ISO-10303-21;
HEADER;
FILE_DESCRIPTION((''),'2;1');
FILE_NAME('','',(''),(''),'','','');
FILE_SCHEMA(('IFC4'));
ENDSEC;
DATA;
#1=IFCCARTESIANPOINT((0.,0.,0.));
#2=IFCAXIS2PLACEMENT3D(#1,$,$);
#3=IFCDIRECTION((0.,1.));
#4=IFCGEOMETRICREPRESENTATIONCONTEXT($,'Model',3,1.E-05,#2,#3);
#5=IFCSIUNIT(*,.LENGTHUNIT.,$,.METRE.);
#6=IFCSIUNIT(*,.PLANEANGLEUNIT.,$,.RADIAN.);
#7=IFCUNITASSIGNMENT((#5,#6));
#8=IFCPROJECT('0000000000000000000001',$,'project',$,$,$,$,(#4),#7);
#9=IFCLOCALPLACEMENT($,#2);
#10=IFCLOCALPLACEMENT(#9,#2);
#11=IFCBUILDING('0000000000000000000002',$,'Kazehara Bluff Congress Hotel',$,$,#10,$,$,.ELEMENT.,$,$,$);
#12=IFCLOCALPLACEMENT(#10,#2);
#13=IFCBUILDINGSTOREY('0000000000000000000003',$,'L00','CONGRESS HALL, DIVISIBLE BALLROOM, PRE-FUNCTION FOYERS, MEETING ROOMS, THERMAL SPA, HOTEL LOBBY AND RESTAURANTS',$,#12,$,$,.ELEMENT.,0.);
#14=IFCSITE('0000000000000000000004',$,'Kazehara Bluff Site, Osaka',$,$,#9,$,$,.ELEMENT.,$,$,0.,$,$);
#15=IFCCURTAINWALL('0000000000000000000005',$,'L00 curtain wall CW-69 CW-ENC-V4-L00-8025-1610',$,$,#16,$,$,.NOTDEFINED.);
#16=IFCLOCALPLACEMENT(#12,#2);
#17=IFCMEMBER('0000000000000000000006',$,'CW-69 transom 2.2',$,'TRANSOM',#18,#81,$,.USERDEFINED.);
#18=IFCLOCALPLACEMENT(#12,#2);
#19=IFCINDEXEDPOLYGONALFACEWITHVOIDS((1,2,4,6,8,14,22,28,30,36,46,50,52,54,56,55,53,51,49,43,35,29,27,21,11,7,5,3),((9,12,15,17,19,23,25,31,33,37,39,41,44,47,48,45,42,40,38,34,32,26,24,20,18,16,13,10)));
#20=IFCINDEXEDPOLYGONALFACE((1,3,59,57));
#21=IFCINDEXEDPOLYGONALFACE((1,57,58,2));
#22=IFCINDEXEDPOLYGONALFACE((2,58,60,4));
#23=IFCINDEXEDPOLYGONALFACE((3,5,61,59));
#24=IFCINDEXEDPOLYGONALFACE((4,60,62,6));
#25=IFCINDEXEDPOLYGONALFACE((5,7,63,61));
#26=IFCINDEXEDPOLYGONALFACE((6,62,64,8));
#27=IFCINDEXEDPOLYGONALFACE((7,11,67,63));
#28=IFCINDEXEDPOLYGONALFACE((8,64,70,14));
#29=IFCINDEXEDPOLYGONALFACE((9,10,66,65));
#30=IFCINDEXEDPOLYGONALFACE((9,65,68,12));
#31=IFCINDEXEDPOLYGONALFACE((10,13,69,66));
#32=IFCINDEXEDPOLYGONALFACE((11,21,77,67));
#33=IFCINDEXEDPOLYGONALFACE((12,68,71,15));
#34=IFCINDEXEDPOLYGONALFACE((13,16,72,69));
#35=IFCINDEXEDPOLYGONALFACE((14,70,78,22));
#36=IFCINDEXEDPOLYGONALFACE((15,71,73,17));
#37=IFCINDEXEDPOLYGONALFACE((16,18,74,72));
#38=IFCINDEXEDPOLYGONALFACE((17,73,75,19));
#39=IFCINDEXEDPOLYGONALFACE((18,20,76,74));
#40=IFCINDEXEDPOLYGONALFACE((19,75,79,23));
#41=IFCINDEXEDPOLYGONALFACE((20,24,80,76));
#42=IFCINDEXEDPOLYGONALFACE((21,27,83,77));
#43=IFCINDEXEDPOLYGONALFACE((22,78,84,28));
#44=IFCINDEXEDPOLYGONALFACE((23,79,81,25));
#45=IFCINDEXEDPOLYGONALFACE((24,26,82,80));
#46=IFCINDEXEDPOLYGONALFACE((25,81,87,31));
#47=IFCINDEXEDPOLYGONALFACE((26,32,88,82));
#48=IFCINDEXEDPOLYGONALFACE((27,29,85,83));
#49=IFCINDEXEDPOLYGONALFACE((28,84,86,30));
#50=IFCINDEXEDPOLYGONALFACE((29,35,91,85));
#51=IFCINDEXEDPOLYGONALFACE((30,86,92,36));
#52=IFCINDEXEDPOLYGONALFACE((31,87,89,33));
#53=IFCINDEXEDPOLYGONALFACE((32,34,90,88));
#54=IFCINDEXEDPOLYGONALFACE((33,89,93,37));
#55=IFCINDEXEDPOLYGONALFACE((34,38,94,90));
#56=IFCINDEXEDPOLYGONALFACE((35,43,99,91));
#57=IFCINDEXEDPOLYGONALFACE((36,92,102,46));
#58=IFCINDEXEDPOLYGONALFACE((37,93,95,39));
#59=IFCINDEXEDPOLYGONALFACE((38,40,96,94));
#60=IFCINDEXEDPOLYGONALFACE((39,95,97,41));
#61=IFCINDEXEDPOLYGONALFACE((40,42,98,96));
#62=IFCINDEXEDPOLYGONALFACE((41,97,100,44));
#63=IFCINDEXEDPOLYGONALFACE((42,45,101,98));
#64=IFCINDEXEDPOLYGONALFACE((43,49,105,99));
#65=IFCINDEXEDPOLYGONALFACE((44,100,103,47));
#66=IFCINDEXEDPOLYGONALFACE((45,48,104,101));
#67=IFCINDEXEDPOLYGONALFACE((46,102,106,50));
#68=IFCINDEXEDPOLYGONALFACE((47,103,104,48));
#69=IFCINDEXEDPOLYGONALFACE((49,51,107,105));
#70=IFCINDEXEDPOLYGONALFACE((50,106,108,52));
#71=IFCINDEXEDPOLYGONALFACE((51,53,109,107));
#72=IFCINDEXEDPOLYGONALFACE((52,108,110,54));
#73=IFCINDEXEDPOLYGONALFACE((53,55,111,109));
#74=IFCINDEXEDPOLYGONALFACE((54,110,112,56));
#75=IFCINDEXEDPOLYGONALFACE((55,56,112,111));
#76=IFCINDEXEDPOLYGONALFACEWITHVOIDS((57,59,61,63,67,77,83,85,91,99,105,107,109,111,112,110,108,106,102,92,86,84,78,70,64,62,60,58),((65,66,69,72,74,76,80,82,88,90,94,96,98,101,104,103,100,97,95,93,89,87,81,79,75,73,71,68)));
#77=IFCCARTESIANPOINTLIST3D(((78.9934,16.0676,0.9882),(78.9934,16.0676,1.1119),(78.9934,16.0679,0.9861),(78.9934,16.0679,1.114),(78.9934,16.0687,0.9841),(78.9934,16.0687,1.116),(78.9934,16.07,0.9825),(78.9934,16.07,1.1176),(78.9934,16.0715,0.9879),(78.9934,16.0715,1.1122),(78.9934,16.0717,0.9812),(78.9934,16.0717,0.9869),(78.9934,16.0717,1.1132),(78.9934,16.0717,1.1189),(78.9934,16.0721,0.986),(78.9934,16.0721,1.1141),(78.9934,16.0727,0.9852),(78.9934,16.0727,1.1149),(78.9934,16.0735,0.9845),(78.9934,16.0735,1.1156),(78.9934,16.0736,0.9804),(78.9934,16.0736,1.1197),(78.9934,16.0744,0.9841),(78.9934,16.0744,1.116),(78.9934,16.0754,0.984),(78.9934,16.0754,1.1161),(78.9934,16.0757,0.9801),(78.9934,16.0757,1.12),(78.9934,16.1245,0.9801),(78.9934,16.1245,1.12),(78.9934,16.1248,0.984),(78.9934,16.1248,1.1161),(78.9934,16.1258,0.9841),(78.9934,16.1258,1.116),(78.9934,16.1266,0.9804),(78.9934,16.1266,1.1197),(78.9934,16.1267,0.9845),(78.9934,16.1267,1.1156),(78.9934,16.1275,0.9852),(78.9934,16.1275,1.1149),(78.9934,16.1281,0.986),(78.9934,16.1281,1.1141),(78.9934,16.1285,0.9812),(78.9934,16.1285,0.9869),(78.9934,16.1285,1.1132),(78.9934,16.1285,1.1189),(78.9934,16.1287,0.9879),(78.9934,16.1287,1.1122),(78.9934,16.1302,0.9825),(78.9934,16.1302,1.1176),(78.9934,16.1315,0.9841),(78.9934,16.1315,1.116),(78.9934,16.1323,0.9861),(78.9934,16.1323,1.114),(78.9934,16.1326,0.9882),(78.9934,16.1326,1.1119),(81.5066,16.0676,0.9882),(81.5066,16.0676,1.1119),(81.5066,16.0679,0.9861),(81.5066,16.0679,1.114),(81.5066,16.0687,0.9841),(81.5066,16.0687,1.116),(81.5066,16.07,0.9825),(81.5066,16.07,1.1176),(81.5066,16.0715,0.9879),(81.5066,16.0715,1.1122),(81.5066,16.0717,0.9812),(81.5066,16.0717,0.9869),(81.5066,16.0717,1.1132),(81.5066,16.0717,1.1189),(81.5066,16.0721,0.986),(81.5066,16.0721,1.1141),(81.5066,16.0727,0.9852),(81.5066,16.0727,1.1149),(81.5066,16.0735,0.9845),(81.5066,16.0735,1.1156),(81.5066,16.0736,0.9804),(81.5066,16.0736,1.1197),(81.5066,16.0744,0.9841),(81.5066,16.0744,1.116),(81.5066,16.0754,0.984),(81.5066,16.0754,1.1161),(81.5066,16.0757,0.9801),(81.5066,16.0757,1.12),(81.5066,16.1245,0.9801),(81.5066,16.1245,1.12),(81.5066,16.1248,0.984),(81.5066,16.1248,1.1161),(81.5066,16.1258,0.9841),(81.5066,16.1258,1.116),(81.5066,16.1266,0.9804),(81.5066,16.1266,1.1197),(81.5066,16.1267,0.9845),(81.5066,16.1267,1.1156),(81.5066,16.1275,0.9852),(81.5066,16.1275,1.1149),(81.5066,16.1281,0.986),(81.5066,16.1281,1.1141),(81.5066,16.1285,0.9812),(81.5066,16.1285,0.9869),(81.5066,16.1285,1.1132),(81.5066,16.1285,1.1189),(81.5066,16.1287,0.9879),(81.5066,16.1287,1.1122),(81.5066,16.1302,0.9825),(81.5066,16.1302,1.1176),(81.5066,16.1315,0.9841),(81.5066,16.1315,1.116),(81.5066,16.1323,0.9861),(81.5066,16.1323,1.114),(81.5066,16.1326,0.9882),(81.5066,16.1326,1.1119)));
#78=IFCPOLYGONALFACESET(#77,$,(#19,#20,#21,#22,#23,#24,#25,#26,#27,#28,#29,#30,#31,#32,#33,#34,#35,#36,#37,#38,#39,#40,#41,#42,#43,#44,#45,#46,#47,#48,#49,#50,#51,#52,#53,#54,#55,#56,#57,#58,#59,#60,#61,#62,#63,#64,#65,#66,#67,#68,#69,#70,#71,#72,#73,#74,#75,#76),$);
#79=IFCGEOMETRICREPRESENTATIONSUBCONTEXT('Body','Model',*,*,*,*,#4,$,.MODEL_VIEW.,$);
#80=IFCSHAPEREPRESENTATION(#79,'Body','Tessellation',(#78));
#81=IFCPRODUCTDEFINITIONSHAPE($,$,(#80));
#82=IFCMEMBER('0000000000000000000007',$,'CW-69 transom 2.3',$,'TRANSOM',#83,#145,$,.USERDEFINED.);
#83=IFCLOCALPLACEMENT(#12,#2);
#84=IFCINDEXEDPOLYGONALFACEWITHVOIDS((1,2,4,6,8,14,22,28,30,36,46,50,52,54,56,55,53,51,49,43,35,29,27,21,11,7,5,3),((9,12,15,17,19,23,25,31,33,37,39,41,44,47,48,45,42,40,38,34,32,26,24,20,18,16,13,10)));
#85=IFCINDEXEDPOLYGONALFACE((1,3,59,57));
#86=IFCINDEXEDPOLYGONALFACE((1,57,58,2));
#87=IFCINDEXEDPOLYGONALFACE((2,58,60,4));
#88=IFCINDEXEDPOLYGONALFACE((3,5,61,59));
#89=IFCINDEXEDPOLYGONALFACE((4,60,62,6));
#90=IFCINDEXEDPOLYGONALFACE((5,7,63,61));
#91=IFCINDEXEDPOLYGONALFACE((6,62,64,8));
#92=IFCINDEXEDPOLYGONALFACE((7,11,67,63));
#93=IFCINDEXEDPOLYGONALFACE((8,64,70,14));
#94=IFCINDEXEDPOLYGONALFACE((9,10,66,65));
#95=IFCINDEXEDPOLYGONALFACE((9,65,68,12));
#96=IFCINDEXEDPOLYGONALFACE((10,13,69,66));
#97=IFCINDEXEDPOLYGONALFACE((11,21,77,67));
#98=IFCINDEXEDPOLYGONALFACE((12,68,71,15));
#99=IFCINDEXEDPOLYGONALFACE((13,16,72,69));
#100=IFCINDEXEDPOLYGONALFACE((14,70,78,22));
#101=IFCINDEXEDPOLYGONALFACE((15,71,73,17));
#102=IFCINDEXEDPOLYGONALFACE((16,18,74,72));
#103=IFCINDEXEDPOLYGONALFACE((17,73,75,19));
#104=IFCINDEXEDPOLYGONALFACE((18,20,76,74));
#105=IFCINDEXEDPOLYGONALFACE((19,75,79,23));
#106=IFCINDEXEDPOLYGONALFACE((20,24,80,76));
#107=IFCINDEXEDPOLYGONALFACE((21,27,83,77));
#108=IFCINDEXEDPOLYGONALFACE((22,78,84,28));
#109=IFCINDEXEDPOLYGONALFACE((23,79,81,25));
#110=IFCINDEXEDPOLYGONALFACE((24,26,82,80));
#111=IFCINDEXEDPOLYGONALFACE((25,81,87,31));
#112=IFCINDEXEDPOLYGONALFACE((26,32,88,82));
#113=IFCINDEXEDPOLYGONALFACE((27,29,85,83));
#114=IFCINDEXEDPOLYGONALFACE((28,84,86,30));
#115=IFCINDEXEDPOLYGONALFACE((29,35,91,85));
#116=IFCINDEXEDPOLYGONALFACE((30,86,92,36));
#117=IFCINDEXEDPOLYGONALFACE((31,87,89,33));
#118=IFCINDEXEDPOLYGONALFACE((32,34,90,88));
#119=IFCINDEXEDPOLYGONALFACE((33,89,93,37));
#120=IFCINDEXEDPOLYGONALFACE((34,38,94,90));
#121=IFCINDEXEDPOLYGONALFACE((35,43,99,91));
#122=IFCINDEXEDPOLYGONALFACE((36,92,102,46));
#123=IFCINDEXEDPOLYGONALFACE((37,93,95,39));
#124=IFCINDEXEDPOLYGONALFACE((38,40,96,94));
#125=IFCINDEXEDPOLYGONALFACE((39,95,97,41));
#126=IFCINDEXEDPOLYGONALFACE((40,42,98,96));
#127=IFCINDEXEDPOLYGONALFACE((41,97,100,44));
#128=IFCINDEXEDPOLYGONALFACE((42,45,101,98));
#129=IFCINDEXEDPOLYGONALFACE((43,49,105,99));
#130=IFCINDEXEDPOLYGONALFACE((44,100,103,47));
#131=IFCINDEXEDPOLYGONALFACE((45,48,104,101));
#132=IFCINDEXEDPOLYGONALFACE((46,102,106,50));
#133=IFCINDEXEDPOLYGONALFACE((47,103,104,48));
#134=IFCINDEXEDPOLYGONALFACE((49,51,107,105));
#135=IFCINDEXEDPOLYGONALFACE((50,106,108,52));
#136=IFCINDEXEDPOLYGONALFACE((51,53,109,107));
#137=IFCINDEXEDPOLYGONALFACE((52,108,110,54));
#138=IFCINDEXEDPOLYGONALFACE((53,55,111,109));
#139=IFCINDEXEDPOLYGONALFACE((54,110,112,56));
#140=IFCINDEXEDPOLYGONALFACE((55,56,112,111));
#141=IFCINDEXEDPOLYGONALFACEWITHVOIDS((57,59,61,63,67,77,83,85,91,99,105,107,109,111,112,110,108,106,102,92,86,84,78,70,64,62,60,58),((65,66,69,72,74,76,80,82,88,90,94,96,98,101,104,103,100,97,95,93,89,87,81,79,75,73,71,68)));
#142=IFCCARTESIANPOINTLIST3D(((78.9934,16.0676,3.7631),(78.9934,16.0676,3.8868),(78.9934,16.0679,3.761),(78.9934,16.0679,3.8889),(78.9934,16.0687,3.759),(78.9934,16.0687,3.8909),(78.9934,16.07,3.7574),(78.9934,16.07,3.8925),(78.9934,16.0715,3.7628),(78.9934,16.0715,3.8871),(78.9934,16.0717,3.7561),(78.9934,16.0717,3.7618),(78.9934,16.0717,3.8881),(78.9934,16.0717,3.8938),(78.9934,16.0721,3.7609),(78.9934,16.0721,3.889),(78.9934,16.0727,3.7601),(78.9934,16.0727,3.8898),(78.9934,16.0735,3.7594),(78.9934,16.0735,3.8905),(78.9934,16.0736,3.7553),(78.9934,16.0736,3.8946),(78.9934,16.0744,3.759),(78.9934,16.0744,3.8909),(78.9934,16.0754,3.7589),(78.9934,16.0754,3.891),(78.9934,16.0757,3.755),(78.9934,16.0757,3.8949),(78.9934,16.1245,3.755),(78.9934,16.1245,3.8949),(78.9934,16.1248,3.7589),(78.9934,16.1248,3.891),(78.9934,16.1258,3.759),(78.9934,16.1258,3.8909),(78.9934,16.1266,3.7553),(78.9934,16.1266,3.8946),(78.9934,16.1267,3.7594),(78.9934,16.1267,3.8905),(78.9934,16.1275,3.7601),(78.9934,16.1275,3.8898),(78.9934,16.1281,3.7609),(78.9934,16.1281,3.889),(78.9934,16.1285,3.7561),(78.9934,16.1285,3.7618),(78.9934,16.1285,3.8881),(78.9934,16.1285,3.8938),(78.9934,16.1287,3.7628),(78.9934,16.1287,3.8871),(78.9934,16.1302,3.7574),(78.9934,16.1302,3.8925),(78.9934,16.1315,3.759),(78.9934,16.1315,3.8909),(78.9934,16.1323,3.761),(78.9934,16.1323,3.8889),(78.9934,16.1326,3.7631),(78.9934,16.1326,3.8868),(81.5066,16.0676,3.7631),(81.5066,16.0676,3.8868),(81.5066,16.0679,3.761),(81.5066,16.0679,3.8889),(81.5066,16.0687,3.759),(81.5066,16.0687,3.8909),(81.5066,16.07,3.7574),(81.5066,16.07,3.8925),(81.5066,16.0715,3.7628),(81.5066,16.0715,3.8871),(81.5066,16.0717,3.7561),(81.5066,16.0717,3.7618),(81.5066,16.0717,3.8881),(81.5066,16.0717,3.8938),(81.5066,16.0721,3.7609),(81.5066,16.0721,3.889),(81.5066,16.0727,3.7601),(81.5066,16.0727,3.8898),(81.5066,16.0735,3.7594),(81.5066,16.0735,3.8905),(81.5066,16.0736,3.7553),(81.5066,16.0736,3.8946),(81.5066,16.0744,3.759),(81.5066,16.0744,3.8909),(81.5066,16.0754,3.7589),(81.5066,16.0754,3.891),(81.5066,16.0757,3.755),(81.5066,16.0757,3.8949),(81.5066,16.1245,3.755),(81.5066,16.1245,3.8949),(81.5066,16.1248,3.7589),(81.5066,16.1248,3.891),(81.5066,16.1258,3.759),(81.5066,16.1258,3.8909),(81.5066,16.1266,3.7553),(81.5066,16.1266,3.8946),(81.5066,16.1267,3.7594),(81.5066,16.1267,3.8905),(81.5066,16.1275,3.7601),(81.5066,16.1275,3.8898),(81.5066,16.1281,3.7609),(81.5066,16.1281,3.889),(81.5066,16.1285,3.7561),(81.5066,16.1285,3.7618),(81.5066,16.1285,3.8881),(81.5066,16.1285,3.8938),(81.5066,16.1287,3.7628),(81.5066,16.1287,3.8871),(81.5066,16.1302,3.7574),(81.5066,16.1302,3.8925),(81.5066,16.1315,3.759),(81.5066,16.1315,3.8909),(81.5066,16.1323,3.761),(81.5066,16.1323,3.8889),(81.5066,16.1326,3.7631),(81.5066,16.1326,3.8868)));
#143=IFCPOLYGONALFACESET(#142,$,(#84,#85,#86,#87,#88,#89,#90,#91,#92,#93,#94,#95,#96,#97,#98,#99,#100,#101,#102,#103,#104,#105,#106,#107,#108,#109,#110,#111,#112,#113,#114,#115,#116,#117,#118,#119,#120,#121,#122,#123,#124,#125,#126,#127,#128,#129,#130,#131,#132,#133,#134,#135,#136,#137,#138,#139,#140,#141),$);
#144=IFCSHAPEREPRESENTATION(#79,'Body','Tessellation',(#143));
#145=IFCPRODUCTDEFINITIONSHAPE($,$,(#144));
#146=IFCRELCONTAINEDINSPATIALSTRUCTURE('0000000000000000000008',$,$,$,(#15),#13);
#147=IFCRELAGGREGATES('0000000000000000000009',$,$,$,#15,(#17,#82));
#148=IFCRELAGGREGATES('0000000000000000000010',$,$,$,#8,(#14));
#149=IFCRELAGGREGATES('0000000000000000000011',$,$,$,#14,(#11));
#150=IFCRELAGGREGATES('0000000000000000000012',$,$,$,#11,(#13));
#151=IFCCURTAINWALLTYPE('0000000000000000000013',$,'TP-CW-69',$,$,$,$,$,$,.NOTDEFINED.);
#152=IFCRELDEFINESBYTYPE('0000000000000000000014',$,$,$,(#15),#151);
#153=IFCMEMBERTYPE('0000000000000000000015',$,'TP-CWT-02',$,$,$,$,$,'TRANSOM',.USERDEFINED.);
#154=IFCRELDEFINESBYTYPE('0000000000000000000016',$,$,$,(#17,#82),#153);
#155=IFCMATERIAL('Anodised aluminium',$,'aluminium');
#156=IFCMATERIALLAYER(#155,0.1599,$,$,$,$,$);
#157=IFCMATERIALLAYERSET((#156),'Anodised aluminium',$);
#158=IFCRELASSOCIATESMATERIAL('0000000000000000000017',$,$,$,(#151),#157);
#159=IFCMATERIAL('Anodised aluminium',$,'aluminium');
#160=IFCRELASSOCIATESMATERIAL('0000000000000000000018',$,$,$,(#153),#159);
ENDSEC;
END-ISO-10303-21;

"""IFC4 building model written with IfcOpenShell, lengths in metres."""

from ifc_helpers import new_model, si_unit, direction, frame, origin, origin_2d, place, context, subcontext, project, spatial, hollow_rectangle, extrude, material, layer, layer_set, material_profile, profile_set, type_object, element, aggregate, save


model = new_model("IFC4")

# Units and contexts
model_context = context("Model", 3, precision=1e-05, world=origin(), true_north=direction((0.0, 1.0)))
body_context = subcontext(model_context, "Body", "Model", "MODEL_VIEW")
ifc_project = project(units=[si_unit("LENGTHUNIT", "METRE"), si_unit("PLANEANGLEUNIT", "RADIAN")], contexts=[model_context])

# Site, building, storey
site_placement = place(None, origin())
site = spatial("IfcSite", under=ifc_project, at=site_placement, Name="Kazehara Bluff Site, Osaka", CompositionType="ELEMENT", RefElevation=0.0)
building_placement = place(site_placement, origin())
building = spatial("IfcBuilding", under=site, at=building_placement, Name="Kazehara Bluff Congress Hotel", CompositionType="ELEMENT")
storey_placement = place(building_placement, origin())
storey = spatial("IfcBuildingStorey", under=building, at=storey_placement, Name="L00", Description="CONGRESS HALL, DIVISIBLE BALLROOM, PRE-FUNCTION FOYERS, MEETING ROOMS, THERMAL SPA, HOTEL LOBBY AND RESTAURANTS", CompositionType="ELEMENT", Elevation=0.0)

# Curtain wall, members
ifc_material_1 = material(Name="Anodised aluminium", Category="aluminium")
ifc_layer_1 = layer(ifc_material_1, 0.1599)
ifc_layer_set_1 = layer_set([ifc_layer_1], Name="Anodised aluminium")
curtain_wall_type_1 = type_object("IfcCurtainWallType", Name="TP-CW-69", PredefinedType="NOTDEFINED", material=ifc_layer_set_1)
curtain_wall_1_placement = place(storey_placement, origin())
curtain_wall_1 = element("IfcCurtainWall", 1, at=curtain_wall_1_placement, inside=storey, type_object=curtain_wall_type_1, Name="L00 curtain wall CW-69 CW-ENC-V4-L00-8025-1610", PredefinedType="NOTDEFINED")
ifc_material_2 = material(Name="Anodised aluminium", Category="aluminium")
ifc_material_profile_1 = material_profile(ifc_material_2, hollow_rectangle(XDim=0.0649, YDim=0.1399, WallThickness=0.0039, InnerFilletRadius=0.0039, OuterFilletRadius=0.0081, at=origin_2d()))
ifc_profile_set_1 = profile_set([ifc_material_profile_1], Name="Anodised aluminium")
member_type_1 = type_object("IfcMemberType", Name="TP-CWT-02", ElementType="TRANSOM", PredefinedType="USERDEFINED", material=ifc_profile_set_1)
member_1_placement = place(storey_placement, frame((81.5066, 16.1001, 1.05), z_axis=(-1.0, 0.0, 0.0), x_axis=(0.0, -1.0, 0.0)))
member_1 = element("IfcMember", 2, at=member_1_placement, type_object=member_type_1, Name="CW-69 transom 2.2", ObjectType="TRANSOM", PredefinedType="USERDEFINED", context=body_context, shape_type="SweptSolid", body=[
    extrude(hollow_rectangle(XDim=0.0649, YDim=0.1399, WallThickness=0.0039, InnerFilletRadius=0.0039, OuterFilletRadius=0.0081, at=origin_2d()), origin(), (0.0, 0.0, 1.0), 2.5132),
])
member_2_placement = place(storey_placement, frame((81.5066, 16.1001, 3.825), z_axis=(-1.0, 0.0, 0.0), x_axis=(0.0, -1.0, 0.0)))
member_2 = element("IfcMember", 3, at=member_2_placement, type_object=member_type_1, Name="CW-69 transom 2.3", ObjectType="TRANSOM", PredefinedType="USERDEFINED", context=body_context, shape_type="SweptSolid", body=[
    extrude(hollow_rectangle(XDim=0.0649, YDim=0.1399, WallThickness=0.0039, InnerFilletRadius=0.0039, OuterFilletRadius=0.0081, at=origin_2d()), origin(), (0.0, 0.0, 1.0), 2.5132),
])

aggregate(curtain_wall_1, [member_1, member_2])

save(model, "model.ifc")
